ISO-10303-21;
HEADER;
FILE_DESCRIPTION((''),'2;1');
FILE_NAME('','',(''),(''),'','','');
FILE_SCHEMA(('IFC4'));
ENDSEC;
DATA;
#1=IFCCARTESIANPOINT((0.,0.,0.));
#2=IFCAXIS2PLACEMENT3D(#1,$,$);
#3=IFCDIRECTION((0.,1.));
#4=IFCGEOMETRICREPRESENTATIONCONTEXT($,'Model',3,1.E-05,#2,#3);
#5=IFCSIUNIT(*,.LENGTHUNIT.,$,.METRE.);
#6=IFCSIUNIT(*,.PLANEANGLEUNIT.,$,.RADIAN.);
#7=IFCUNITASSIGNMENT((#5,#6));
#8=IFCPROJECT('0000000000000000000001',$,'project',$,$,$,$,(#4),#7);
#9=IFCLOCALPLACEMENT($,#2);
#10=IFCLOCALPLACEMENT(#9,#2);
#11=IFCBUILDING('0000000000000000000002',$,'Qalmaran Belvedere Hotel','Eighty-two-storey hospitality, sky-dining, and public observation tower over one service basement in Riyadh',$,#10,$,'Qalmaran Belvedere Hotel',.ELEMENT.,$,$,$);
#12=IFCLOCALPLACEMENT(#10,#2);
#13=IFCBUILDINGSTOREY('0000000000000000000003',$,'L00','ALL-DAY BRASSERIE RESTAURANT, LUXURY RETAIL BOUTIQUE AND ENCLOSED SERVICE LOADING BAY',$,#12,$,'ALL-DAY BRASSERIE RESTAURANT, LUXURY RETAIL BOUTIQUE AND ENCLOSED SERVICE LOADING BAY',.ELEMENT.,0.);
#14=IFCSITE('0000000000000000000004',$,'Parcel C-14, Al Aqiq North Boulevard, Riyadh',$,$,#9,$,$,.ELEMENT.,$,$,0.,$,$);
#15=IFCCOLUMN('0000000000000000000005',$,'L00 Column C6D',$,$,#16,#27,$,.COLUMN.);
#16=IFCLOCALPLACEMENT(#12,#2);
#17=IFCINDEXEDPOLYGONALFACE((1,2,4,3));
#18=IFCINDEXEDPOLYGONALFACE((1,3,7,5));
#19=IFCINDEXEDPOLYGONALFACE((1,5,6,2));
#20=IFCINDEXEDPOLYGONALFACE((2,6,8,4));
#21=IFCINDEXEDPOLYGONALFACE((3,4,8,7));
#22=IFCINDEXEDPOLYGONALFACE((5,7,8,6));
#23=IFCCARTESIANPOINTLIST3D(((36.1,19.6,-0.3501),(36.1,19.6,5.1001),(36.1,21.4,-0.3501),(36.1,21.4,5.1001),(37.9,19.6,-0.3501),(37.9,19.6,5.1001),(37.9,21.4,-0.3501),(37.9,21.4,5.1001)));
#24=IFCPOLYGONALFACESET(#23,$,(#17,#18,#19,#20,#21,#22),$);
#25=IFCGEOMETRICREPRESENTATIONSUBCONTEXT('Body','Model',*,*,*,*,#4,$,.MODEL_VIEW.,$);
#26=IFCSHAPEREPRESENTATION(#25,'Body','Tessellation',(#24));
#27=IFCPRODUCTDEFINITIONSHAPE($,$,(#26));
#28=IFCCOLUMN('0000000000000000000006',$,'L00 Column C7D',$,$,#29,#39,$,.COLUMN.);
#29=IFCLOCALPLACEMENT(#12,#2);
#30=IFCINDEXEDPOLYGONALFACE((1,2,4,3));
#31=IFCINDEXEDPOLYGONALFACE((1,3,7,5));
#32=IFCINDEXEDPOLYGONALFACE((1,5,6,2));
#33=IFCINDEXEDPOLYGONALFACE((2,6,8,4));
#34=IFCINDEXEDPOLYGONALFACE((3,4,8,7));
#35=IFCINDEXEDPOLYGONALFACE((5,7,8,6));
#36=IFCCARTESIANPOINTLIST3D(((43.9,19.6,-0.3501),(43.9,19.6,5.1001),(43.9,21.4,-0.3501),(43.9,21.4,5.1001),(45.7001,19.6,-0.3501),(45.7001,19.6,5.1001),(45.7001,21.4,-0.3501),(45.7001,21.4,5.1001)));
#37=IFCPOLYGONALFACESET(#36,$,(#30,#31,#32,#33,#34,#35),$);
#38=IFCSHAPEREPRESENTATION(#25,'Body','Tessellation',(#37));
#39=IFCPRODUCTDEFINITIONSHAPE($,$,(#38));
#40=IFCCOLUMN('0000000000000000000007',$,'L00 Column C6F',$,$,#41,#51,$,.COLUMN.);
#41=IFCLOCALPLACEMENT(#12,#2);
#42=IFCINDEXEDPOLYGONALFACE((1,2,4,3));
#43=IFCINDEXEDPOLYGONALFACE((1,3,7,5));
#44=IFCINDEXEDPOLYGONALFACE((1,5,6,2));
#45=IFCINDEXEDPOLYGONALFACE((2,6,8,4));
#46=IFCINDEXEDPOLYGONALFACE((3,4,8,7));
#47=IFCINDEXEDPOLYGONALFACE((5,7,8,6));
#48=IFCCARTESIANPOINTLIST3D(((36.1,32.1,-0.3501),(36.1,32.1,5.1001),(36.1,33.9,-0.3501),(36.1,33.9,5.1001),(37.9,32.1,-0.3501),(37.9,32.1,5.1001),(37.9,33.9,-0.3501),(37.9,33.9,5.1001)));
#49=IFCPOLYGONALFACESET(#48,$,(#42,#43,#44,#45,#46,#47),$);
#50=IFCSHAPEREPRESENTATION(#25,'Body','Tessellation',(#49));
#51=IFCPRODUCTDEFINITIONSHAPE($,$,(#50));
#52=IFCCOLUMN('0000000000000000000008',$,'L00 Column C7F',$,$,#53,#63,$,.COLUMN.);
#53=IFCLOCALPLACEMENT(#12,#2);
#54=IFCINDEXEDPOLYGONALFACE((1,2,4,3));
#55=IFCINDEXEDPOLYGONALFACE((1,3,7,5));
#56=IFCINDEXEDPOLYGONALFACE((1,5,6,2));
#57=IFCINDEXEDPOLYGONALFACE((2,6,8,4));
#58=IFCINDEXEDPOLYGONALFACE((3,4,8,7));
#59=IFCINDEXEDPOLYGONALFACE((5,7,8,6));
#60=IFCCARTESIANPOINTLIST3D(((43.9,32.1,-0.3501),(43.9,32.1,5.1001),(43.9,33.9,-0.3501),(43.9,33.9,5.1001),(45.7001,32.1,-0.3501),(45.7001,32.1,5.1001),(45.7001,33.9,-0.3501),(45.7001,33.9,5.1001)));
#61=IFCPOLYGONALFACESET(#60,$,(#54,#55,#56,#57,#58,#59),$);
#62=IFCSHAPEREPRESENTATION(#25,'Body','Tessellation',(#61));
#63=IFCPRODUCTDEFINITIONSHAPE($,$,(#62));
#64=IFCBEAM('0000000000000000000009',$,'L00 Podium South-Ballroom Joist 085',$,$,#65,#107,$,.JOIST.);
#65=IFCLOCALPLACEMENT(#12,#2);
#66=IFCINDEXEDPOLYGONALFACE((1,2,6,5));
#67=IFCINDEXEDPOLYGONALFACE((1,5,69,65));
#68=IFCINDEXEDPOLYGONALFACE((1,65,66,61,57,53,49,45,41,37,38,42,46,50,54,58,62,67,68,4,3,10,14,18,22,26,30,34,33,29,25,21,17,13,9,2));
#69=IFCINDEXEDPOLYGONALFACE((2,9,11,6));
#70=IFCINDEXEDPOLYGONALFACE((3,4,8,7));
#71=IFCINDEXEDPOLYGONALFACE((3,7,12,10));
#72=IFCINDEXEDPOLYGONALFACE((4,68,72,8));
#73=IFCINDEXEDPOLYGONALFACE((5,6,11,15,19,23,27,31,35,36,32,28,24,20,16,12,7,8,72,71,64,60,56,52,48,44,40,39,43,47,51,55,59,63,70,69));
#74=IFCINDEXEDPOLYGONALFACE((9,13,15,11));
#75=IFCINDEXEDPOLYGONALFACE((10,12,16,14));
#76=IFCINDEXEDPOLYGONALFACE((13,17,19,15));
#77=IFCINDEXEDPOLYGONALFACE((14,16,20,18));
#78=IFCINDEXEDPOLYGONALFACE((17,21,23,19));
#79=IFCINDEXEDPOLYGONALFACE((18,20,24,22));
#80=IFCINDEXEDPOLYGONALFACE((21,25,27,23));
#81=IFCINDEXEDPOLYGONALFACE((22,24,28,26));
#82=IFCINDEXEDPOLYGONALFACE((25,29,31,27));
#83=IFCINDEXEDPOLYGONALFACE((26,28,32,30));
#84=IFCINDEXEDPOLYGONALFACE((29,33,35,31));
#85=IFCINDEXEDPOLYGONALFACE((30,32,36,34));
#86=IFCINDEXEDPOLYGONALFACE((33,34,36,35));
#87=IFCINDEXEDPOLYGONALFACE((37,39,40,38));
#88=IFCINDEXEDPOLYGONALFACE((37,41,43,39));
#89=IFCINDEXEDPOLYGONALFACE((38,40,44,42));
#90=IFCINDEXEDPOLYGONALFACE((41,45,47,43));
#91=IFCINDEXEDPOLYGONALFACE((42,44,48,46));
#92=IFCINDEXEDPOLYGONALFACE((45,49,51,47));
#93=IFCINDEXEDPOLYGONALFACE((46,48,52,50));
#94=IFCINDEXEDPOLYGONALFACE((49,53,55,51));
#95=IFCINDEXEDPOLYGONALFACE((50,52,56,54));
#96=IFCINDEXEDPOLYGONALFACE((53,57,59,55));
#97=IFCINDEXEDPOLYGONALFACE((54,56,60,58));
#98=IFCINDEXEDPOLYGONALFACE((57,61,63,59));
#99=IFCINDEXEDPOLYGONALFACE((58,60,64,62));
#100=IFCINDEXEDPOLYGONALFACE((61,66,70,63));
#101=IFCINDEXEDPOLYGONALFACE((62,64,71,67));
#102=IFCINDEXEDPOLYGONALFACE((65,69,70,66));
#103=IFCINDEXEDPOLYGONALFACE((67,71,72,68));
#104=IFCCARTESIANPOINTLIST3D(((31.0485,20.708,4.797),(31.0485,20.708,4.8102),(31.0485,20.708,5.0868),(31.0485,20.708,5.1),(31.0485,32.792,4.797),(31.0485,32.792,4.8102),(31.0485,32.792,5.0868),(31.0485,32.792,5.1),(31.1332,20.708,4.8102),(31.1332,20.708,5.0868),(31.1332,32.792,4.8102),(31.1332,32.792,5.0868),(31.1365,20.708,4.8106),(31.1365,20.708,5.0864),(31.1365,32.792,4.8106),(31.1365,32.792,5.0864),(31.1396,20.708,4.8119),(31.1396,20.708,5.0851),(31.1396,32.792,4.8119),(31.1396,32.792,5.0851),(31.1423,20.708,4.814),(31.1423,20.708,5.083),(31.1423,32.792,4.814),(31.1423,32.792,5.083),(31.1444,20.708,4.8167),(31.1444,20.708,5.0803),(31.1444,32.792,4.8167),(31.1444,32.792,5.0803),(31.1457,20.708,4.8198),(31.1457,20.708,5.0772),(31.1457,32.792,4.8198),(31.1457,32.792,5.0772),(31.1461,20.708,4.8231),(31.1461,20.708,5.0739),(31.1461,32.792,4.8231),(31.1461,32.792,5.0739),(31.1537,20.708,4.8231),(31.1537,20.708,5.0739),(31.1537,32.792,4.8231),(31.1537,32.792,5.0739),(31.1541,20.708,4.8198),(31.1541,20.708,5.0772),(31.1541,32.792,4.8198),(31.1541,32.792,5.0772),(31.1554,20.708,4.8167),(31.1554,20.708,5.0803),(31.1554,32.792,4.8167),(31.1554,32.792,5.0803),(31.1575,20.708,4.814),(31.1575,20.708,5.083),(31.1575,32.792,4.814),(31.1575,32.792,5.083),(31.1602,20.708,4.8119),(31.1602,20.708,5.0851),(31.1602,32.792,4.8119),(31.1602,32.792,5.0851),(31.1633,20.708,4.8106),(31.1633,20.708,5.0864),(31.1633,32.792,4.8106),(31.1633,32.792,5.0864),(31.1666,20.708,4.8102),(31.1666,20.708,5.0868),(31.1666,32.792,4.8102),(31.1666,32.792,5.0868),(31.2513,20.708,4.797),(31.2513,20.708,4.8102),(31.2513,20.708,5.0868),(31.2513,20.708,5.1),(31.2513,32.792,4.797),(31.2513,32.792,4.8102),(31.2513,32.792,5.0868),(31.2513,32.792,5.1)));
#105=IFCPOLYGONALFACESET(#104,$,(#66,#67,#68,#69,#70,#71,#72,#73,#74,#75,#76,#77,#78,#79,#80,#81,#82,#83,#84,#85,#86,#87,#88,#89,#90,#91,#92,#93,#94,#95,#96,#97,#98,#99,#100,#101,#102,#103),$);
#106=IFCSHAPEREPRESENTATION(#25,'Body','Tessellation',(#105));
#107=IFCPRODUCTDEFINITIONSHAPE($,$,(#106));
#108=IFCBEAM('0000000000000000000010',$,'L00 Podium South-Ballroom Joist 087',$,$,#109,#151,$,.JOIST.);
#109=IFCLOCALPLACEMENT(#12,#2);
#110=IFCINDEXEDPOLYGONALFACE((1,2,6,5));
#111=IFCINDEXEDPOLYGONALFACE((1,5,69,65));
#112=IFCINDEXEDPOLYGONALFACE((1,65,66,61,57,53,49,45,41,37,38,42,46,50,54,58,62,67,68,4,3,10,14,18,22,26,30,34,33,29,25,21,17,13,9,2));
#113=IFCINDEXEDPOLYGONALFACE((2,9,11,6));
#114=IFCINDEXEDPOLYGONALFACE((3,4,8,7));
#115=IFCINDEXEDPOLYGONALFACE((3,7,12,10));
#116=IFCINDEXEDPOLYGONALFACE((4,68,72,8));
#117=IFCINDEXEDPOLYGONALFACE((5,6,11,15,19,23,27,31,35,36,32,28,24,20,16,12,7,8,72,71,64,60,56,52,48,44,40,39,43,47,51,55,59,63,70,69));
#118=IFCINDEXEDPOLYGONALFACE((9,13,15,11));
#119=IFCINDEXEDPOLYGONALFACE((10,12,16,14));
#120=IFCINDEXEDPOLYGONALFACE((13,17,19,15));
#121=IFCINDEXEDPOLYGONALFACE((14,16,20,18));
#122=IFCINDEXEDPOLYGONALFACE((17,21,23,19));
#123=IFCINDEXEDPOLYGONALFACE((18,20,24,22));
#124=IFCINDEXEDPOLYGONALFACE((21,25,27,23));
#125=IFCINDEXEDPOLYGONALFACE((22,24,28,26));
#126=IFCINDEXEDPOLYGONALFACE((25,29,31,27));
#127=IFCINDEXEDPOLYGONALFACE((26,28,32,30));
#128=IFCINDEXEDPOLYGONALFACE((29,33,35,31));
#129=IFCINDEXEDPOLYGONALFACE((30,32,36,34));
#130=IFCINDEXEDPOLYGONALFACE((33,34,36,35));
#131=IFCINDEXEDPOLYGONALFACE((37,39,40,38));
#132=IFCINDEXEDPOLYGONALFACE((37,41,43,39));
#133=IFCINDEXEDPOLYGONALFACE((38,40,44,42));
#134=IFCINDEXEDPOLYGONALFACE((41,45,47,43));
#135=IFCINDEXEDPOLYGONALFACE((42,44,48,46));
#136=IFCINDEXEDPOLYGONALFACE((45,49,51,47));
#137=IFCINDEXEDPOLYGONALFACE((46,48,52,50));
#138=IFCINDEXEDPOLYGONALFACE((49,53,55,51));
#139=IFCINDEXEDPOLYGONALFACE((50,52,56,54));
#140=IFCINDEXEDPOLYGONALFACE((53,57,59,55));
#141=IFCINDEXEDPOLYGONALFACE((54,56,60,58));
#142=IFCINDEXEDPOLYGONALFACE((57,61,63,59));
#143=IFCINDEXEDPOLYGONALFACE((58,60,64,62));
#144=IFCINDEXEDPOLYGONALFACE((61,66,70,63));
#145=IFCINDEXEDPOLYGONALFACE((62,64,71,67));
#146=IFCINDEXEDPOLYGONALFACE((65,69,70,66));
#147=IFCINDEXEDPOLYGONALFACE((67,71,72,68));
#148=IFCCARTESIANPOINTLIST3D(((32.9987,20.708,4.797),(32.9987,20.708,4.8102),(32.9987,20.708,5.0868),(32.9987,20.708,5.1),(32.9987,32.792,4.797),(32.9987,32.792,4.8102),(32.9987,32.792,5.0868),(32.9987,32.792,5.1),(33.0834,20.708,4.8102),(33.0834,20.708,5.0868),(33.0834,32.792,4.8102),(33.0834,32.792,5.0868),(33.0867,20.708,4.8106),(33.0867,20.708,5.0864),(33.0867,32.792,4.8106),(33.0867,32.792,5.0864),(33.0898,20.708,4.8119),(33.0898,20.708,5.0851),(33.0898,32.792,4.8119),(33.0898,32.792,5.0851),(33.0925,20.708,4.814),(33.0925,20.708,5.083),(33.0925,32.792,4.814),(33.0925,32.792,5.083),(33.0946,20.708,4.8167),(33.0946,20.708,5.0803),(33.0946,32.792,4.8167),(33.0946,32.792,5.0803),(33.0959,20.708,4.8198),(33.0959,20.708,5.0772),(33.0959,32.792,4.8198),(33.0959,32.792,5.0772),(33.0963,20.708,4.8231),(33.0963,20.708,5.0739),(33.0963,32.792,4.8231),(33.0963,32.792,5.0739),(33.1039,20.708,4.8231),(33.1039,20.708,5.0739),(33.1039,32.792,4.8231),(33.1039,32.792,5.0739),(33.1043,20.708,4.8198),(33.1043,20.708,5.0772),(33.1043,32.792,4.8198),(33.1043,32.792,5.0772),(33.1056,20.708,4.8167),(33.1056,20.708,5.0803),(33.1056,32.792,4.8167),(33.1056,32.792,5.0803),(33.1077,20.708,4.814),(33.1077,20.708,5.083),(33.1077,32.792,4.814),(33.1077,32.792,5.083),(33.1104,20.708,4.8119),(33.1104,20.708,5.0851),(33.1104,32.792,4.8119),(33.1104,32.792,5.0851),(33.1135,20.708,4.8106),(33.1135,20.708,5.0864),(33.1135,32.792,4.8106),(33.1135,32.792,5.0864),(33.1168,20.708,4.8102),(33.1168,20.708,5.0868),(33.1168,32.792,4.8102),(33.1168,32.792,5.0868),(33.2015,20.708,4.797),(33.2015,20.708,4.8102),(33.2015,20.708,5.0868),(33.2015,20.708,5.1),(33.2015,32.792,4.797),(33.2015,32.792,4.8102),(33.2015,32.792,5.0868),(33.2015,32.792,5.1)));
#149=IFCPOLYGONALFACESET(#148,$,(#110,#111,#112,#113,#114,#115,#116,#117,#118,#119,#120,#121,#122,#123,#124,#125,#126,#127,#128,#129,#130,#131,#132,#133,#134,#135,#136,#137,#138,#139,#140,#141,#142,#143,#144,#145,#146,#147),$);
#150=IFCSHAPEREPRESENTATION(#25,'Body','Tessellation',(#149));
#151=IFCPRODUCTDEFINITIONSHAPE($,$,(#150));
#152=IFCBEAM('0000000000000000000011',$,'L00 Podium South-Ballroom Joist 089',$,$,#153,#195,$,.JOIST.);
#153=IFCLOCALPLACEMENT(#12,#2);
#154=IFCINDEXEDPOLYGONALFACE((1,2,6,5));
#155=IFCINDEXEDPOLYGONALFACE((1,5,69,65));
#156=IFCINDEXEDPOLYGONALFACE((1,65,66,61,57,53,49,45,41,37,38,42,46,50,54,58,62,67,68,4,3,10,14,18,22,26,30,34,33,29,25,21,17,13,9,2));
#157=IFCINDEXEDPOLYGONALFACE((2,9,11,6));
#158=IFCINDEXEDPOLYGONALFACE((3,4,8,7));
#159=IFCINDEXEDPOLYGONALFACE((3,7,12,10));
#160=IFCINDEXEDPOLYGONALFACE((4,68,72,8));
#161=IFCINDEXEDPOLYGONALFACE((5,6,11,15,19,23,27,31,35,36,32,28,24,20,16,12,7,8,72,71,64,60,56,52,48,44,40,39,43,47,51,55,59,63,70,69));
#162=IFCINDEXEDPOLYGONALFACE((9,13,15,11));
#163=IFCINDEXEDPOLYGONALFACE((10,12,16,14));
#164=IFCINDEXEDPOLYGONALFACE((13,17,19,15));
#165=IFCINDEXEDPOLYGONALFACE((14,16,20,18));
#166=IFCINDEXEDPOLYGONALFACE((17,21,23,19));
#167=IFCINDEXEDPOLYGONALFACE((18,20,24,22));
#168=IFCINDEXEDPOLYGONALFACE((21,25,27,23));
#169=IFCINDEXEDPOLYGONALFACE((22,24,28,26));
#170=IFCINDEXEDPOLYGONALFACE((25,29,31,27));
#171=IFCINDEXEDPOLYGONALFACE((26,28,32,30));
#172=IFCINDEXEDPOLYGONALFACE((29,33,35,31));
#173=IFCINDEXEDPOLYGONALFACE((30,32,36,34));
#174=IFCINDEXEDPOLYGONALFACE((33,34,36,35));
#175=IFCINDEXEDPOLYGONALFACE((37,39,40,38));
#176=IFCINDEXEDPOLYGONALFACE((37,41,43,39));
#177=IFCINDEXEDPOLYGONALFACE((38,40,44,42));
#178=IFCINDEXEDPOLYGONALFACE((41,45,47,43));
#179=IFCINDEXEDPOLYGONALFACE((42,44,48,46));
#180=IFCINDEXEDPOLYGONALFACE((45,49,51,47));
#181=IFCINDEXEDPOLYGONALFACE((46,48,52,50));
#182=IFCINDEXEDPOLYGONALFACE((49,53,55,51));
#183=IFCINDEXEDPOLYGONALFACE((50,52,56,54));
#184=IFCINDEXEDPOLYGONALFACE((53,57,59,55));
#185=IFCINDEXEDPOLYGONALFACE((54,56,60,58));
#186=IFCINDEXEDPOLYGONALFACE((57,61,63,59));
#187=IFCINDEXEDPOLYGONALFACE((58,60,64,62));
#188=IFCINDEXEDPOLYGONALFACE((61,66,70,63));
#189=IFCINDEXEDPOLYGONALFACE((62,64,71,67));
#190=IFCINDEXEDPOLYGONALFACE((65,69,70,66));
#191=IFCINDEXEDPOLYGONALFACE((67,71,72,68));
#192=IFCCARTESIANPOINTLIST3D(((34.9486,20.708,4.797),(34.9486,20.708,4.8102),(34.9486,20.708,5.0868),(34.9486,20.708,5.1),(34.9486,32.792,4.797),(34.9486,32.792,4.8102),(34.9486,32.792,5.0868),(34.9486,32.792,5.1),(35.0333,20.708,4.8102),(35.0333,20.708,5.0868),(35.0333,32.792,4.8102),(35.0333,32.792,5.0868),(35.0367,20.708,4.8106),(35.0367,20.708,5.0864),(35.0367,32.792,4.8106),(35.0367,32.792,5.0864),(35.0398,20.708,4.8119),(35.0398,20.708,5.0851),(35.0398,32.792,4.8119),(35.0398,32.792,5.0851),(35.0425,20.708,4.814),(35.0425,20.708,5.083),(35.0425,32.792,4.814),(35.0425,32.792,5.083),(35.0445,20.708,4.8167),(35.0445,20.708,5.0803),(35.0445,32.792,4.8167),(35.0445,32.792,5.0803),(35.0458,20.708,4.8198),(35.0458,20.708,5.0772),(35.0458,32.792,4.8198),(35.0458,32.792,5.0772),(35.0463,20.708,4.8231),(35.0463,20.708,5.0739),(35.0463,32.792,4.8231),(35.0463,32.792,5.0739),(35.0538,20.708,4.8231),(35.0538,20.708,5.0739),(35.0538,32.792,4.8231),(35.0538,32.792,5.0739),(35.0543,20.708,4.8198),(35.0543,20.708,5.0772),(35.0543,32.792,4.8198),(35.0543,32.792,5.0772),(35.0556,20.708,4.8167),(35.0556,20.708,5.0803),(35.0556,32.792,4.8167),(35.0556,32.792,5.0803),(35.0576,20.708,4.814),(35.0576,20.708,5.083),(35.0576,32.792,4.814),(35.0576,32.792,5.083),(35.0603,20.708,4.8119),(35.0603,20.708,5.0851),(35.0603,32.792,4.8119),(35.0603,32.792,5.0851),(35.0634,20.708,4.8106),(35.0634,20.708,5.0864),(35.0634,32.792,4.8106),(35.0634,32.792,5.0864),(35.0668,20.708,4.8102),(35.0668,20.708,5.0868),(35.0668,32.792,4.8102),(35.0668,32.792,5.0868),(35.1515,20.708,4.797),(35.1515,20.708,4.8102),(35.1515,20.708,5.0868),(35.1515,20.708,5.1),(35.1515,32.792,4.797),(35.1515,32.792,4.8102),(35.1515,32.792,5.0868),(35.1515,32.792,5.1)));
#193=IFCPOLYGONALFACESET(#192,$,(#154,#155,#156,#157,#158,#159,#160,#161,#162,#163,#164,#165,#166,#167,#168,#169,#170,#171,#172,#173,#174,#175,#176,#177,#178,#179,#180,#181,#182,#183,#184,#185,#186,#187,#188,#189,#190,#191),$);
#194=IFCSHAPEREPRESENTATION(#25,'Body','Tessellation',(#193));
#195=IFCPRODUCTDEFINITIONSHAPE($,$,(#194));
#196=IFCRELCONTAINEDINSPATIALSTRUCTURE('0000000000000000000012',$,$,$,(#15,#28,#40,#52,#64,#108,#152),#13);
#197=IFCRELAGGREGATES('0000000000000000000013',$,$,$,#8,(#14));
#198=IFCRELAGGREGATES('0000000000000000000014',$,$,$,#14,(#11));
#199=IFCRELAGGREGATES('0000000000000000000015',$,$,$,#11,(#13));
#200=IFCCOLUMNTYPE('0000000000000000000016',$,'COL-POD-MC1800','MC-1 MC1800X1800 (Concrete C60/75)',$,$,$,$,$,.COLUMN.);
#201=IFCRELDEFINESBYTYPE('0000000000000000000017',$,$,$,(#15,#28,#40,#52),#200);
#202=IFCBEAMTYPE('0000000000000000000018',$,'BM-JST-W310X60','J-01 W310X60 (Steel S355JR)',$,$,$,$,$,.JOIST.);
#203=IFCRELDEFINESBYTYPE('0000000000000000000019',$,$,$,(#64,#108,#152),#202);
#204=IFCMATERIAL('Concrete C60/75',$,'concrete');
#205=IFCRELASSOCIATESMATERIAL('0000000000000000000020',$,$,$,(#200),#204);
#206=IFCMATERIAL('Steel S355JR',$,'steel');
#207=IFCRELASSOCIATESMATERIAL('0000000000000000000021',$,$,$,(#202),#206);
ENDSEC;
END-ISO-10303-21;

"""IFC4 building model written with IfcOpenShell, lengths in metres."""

from ifc_helpers import new_model, si_unit, direction, frame, origin, origin_2d, place, context, subcontext, project, spatial, rectangle, i_section, extrude, material, material_profile, profile_set, type_object, element, save


model = new_model("IFC4")

# Units and contexts
model_context = context("Model", 3, precision=1e-05, world=origin(), true_north=direction((0.0, 1.0)))
body_context = subcontext(model_context, "Body", "Model", "MODEL_VIEW")
ifc_project = project(units=[si_unit("LENGTHUNIT", "METRE"), si_unit("PLANEANGLEUNIT", "RADIAN")], contexts=[model_context])

# Site, building, storey
site_placement = place(None, origin())
site = spatial("IfcSite", under=ifc_project, at=site_placement, Name="Parcel C-14, Al Aqiq North Boulevard, Riyadh", CompositionType="ELEMENT", RefElevation=0.0)
building_placement = place(site_placement, origin())
building = spatial("IfcBuilding", under=site, at=building_placement, Name="Qalmaran Belvedere Hotel", Description="Eighty-two-storey hospitality, sky-dining, and public observation tower over one service basement in Riyadh", LongName="Qalmaran Belvedere Hotel", CompositionType="ELEMENT")
storey_placement = place(building_placement, origin())
storey = spatial("IfcBuildingStorey", under=building, at=storey_placement, Name="L00", Description="ALL-DAY BRASSERIE RESTAURANT, LUXURY RETAIL BOUTIQUE AND ENCLOSED SERVICE LOADING BAY", LongName="ALL-DAY BRASSERIE RESTAURANT, LUXURY RETAIL BOUTIQUE AND ENCLOSED SERVICE LOADING BAY", CompositionType="ELEMENT", Elevation=0.0)

# Columns
ifc_material_1 = material(Name="Concrete C60/75", Category="concrete")
ifc_material_profile_1 = material_profile(ifc_material_1, rectangle(XDim=1.8, YDim=1.8, at=origin_2d()), Name="MC1800X1800")
ifc_profile_set_1 = profile_set([ifc_material_profile_1], Name="Concrete C60/75")
column_type = type_object("IfcColumnType", Name="COL-POD-MC1800", Description="MC-1 MC1800X1800 (Concrete C60/75)", PredefinedType="COLUMN", material=ifc_profile_set_1)
for number, where, z_axis, x_axis, name in (
    (1, (37.0, 20.5, -0.3501), (0.0, 0.0, 1.0), (1.0, 0.0, 0.0), "L00 Column C6D"),
    (2, (44.8, 20.5, -0.3501), (0.0, 0.0, 1.0), (1.0, 0.0, 0.0), "L00 Column C7D"),
    (3, (37.0, 33.0, -0.3501), (0.0, 0.0, 1.0), (1.0, 0.0, 0.0), "L00 Column C6F"),
    (4, (44.8, 33.0, -0.3501), (0.0, 0.0, 1.0), (1.0, 0.0, 0.0), "L00 Column C7F"),
):
    element("IfcColumn", number, at=place(storey_placement, frame(where, z_axis=z_axis, x_axis=x_axis)), inside=storey, type_object=column_type, Name=name, PredefinedType="COLUMN", context=body_context, shape_type="SweptSolid", body=[
        extrude(rectangle(XDim=1.8, YDim=1.8, at=origin_2d()), origin(), (0.0, 0.0, 1.0), 5.4502),
    ])

# Beams
ifc_material_2 = material(Name="Steel S355JR", Category="steel")
ifc_material_profile_2 = material_profile(ifc_material_2, i_section(OverallWidth=0.2029, OverallDepth=0.303, WebThickness=0.0076, FlangeThickness=0.0132, FilletRadius=0.0129, at=origin_2d()), Name="W310X60")
ifc_profile_set_2 = profile_set([ifc_material_profile_2], Name="Steel S355JR")
beam_type_1 = type_object("IfcBeamType", Name="BM-JST-W310X60", Description="J-01 W310X60 (Steel S355JR)", PredefinedType="JOIST", material=ifc_profile_set_2)
for number, where, z_axis, x_axis, name in (
    (5, (31.1499, 20.708, 4.9485), (0.0, 1.0, 0.0), (-1.0, 0.0, 0.0), "L00 Podium South-Ballroom Joist 085"),
    (6, (33.1001, 20.708, 4.9485), (0.0, 1.0, 0.0), (-1.0, 0.0, 0.0), "L00 Podium South-Ballroom Joist 087"),
    (7, (35.05, 20.708, 4.9485), (0.0, 1.0, 0.0), (-1.0, 0.0, 0.0), "L00 Podium South-Ballroom Joist 089"),
):
    element("IfcBeam", number, at=place(storey_placement, frame(where, z_axis=z_axis, x_axis=x_axis)), inside=storey, type_object=beam_type_1, Name=name, PredefinedType="JOIST", context=body_context, shape_type="SweptSolid", body=[
        extrude(i_section(OverallWidth=0.2029, OverallDepth=0.303, WebThickness=0.0076, FlangeThickness=0.0132, FilletRadius=0.0129, at=origin_2d()), origin(), (0.0, 0.0, 1.0), 12.084),
    ])

save(model, "model.ifc")
